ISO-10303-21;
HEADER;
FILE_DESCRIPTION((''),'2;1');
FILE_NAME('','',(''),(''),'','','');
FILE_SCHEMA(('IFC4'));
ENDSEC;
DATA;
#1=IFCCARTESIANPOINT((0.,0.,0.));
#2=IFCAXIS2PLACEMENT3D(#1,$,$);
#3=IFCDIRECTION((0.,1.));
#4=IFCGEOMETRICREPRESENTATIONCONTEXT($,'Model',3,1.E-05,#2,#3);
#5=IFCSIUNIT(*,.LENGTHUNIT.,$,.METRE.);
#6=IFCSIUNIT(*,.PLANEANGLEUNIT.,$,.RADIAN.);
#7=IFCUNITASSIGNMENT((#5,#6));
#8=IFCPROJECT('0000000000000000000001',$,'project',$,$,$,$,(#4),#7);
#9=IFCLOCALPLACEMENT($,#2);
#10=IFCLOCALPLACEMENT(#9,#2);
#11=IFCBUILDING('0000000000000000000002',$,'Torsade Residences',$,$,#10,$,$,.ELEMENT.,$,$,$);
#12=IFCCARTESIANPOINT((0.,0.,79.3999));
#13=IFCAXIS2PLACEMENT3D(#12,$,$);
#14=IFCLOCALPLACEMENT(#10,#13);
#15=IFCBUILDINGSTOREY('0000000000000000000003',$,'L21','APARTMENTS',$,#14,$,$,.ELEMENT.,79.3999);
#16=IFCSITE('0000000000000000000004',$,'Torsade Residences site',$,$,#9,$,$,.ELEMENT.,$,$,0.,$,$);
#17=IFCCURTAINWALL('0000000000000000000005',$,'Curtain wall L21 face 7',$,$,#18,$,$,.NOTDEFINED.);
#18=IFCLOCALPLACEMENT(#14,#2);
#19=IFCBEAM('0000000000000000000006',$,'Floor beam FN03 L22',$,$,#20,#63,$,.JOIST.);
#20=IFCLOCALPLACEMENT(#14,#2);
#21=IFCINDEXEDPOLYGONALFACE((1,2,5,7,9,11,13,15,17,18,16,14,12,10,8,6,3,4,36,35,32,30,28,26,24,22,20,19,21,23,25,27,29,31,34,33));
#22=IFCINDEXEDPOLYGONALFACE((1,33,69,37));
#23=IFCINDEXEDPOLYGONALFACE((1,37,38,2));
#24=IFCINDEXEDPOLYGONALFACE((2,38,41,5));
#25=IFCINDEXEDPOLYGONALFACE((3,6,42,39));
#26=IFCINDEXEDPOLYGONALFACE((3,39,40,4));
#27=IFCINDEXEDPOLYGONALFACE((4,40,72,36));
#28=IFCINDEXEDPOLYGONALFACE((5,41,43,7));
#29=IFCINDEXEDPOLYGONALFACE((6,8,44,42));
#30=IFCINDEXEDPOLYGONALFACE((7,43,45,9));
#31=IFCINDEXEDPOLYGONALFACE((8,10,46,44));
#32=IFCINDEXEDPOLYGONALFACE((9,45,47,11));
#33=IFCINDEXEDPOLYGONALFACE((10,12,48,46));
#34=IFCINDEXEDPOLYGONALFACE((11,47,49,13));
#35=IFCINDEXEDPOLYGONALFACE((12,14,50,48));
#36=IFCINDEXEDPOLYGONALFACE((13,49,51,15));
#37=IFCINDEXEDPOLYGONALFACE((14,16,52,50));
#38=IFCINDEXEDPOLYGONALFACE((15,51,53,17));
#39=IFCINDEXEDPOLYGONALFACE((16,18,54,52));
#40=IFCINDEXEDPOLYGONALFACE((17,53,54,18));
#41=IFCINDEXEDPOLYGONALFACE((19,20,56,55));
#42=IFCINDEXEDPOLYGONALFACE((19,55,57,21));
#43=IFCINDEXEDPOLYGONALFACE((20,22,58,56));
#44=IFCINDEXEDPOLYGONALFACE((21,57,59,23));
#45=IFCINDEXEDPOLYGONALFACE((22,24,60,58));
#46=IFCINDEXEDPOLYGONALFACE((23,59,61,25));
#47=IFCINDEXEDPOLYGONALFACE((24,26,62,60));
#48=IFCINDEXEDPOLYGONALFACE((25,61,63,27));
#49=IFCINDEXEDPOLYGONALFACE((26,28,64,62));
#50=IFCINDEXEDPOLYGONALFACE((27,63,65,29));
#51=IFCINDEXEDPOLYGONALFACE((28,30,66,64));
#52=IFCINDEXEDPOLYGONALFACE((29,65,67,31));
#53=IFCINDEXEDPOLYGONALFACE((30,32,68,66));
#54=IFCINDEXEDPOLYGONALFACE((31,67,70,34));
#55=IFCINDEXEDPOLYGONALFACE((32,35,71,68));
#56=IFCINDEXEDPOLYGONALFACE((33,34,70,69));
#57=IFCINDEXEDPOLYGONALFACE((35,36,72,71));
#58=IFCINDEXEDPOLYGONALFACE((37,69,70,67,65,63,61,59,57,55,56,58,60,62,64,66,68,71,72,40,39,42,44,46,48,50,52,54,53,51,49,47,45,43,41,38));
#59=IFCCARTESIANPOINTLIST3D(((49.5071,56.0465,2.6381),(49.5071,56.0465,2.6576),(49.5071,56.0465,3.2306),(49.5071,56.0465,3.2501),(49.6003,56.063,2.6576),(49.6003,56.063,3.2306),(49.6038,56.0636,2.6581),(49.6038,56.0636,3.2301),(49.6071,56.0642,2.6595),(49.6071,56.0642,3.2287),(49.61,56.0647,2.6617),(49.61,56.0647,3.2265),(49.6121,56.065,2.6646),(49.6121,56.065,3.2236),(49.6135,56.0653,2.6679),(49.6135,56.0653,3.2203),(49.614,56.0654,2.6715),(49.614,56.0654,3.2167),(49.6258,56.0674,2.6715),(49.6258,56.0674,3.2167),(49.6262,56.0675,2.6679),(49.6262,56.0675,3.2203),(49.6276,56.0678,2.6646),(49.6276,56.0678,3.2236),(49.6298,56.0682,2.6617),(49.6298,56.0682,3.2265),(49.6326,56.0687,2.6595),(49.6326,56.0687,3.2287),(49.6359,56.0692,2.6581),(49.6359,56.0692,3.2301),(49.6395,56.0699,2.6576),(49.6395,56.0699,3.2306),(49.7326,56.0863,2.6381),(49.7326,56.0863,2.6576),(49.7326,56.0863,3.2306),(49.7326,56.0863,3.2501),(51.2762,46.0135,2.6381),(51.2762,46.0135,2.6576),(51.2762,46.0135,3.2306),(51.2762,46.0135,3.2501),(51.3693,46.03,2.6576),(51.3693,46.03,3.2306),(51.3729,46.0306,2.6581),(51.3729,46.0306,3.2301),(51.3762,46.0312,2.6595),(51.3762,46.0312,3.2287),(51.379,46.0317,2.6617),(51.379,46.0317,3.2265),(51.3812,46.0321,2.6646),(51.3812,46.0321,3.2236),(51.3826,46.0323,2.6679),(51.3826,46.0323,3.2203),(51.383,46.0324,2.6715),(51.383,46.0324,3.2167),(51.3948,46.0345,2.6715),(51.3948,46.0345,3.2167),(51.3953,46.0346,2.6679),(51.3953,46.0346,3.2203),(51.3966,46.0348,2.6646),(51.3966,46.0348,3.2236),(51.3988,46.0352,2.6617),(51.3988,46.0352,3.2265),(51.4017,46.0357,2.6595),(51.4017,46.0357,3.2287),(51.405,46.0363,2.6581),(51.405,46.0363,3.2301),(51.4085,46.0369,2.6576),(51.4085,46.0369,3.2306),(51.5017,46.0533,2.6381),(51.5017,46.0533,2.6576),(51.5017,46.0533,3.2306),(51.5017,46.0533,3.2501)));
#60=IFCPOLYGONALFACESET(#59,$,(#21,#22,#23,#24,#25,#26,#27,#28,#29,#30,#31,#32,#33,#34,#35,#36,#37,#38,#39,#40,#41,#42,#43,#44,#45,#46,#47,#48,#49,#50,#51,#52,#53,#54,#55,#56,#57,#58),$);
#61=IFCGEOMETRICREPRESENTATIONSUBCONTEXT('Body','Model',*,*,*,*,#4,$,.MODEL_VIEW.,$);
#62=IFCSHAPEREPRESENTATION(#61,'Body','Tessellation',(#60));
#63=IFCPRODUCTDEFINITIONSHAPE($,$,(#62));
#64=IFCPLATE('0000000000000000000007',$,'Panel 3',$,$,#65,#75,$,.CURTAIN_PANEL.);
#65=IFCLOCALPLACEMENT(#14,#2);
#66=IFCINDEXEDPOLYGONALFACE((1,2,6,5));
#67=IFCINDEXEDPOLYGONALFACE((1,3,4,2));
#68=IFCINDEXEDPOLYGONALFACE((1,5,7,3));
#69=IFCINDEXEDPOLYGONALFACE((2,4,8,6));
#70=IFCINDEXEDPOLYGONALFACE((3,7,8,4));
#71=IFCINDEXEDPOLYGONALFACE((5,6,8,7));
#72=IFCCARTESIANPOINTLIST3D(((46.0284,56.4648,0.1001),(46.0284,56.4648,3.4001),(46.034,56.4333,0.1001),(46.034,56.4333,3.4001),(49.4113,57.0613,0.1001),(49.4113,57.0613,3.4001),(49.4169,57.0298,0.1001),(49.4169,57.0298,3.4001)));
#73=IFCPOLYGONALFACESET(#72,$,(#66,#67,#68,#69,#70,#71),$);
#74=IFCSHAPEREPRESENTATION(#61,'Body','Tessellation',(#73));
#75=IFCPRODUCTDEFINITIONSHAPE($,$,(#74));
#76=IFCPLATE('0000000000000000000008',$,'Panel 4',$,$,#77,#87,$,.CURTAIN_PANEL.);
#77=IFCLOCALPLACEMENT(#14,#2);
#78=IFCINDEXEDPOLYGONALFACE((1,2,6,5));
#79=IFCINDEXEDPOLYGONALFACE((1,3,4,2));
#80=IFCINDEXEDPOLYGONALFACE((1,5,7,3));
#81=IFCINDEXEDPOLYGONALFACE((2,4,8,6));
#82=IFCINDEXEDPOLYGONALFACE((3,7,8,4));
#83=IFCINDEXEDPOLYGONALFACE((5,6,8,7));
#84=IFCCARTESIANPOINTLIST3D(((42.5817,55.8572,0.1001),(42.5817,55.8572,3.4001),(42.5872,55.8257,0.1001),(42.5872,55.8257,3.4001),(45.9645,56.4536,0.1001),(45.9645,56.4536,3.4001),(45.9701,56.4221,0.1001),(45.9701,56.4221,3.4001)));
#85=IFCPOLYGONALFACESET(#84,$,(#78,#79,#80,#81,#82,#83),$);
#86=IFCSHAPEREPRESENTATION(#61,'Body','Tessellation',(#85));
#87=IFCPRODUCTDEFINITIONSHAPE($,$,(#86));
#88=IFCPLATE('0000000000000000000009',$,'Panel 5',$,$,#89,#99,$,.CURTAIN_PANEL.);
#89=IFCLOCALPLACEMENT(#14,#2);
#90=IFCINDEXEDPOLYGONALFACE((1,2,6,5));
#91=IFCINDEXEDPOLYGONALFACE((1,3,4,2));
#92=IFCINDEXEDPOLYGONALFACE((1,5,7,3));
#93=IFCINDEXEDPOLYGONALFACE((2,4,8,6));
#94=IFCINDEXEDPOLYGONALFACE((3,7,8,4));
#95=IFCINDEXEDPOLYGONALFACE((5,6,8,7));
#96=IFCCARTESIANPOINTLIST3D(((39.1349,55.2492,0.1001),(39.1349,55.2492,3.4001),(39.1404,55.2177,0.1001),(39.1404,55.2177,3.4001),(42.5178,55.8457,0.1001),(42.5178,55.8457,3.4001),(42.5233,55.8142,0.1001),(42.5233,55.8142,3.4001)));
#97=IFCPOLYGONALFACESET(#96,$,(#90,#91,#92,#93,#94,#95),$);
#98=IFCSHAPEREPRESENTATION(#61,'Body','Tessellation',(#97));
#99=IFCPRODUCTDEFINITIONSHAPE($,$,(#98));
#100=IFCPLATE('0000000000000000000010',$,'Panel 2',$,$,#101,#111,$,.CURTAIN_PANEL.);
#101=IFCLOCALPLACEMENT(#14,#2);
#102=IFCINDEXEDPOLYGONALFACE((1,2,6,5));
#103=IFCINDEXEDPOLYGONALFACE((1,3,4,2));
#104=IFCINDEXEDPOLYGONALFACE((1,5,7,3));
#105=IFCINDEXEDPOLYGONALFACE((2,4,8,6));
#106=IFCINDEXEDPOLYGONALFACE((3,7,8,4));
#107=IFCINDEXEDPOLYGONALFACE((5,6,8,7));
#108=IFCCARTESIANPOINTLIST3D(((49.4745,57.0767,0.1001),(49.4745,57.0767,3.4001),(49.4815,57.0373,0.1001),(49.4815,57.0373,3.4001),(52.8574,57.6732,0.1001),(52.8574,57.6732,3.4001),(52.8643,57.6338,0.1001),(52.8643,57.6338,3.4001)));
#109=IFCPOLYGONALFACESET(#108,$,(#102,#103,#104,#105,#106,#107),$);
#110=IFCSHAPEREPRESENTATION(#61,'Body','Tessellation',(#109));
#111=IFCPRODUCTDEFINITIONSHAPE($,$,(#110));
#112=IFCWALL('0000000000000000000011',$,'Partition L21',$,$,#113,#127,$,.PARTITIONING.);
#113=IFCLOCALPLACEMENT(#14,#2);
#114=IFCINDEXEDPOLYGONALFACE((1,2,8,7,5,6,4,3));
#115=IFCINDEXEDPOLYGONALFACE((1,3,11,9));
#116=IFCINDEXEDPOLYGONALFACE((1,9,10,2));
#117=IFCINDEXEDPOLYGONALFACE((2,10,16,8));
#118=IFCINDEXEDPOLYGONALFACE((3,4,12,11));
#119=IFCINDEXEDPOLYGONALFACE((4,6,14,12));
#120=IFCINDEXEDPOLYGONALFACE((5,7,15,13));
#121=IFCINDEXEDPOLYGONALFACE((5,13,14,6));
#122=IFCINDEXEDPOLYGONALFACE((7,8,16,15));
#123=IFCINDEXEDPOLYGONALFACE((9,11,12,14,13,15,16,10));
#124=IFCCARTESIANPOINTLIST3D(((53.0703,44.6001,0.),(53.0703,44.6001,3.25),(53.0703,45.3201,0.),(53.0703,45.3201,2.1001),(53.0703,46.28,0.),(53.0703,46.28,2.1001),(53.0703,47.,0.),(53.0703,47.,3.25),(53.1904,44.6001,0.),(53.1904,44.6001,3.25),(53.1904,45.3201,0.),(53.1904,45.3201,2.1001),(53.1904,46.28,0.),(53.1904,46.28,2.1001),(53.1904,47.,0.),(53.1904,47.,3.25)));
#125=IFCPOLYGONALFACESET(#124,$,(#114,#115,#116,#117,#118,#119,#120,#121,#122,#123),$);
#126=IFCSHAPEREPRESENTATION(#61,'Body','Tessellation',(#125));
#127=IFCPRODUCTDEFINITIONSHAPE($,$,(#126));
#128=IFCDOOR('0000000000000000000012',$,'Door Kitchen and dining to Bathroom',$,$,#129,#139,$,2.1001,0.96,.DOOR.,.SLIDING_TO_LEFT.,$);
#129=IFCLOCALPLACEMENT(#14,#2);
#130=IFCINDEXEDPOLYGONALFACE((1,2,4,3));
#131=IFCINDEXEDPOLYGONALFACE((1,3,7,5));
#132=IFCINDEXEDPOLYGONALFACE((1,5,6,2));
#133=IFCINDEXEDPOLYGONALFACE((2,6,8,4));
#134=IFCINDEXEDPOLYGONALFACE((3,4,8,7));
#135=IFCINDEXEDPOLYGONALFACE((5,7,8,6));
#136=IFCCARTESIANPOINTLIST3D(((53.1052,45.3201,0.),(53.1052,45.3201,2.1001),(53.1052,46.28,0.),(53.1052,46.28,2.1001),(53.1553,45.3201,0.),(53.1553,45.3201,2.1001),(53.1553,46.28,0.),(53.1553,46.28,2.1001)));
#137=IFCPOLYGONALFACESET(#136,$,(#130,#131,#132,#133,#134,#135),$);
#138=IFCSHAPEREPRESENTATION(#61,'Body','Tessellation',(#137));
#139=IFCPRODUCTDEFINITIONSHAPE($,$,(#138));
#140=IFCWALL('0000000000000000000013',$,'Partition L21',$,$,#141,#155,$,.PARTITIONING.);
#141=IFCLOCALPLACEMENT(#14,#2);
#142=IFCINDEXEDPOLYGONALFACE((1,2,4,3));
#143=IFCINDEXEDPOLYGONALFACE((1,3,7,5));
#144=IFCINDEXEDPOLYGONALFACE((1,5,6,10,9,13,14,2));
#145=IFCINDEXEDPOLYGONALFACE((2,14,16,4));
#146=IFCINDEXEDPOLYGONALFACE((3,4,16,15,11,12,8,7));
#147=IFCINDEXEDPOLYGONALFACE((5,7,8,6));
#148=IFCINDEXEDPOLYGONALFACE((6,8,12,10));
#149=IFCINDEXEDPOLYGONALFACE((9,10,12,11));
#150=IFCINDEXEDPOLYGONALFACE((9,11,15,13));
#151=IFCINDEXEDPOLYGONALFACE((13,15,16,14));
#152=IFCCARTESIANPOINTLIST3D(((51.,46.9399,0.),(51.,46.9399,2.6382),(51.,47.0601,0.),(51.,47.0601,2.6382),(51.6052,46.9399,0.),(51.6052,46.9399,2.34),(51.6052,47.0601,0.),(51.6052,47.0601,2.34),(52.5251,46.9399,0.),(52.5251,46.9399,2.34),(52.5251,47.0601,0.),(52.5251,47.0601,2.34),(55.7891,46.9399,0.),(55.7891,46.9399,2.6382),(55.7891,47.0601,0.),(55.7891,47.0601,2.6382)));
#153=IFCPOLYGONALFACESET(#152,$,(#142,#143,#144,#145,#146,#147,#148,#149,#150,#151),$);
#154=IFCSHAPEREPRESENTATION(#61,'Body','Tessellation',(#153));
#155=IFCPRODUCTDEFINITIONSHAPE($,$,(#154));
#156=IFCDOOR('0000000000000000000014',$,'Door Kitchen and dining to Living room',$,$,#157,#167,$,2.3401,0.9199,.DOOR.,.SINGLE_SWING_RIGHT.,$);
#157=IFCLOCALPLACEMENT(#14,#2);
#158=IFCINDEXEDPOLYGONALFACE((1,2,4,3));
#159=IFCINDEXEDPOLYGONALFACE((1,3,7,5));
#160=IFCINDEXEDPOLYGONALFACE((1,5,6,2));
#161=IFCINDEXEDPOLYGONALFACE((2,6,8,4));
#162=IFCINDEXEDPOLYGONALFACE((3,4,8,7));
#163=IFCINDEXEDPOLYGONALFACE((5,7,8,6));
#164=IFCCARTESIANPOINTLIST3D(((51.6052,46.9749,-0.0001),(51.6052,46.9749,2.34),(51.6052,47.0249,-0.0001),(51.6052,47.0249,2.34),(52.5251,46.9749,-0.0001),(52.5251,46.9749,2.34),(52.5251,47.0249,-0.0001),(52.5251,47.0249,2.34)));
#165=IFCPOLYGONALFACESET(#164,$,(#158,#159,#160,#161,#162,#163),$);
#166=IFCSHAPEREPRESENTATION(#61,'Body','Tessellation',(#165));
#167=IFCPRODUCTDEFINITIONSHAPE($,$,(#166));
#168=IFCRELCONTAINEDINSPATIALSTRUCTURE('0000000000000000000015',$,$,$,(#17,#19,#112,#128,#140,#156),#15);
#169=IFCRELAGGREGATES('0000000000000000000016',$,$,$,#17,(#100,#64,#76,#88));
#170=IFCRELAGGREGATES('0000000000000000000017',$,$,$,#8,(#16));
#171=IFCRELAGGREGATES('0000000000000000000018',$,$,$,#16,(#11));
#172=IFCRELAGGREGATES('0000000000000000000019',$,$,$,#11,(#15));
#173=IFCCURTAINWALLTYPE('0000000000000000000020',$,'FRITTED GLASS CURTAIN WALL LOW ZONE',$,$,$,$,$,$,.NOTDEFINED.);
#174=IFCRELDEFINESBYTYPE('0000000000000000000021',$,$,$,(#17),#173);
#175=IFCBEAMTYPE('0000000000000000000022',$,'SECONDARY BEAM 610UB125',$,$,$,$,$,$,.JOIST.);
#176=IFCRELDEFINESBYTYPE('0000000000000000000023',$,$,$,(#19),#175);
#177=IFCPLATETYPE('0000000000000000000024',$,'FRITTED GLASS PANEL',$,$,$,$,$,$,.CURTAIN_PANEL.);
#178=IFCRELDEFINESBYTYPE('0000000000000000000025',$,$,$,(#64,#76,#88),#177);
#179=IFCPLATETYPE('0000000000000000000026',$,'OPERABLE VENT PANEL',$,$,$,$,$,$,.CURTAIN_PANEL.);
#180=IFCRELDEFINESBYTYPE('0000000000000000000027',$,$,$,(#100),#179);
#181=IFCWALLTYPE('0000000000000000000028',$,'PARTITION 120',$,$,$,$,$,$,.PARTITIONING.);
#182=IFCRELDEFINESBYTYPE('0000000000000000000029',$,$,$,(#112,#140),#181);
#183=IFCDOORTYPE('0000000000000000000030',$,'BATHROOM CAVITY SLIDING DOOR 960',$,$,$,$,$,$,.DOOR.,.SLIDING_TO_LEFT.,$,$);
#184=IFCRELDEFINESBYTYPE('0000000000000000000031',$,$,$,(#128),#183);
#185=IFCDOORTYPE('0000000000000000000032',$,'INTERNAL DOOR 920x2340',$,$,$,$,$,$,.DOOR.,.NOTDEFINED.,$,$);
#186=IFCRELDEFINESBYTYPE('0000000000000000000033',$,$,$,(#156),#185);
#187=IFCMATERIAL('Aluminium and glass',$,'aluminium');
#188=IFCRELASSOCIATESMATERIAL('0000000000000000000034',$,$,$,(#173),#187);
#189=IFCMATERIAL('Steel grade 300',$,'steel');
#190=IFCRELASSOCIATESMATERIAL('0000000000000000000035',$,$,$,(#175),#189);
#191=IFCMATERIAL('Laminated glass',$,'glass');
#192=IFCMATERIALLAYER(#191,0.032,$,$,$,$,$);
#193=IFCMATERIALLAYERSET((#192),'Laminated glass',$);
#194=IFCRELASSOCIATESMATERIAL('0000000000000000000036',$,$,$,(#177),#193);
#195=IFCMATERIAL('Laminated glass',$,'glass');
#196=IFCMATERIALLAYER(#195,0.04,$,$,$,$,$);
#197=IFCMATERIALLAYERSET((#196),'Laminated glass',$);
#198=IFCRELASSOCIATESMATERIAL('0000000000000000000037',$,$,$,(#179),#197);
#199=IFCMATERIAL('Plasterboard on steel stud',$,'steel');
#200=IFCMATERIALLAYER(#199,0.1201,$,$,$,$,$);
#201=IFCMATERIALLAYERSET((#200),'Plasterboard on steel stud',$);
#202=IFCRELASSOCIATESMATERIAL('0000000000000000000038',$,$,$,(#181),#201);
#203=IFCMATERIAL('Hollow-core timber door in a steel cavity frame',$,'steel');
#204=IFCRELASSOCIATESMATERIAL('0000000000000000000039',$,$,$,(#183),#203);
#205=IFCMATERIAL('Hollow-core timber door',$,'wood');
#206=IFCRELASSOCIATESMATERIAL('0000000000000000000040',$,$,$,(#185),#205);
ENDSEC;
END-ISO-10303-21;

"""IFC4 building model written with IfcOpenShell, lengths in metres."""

from ifc_helpers import new_model, si_unit, direction, frame, frame_2d, origin, origin_2d, place, context, subcontext, project, spatial, rectangle, i_section, extrude, material, layer, layer_set, material_profile, profile_set, type_object, element, fill, aggregate, save


model = new_model("IFC4")

# Units and contexts
model_context = context("Model", 3, precision=1e-05, world=origin(), true_north=direction((0.0, 1.0)))
body_context = subcontext(model_context, "Body", "Model", "MODEL_VIEW")
ifc_project = project(units=[si_unit("LENGTHUNIT", "METRE"), si_unit("PLANEANGLEUNIT", "RADIAN")], contexts=[model_context])

# Site, building, storey
site_placement = place(None, origin())
site = spatial("IfcSite", under=ifc_project, at=site_placement, Name="Torsade Residences site", CompositionType="ELEMENT", RefElevation=0.0)
building_placement = place(site_placement, origin())
building = spatial("IfcBuilding", under=site, at=building_placement, Name="Torsade Residences", CompositionType="ELEMENT")
storey_placement = place(building_placement, frame((0.0, 0.0, 79.3999)))
storey = spatial("IfcBuildingStorey", under=building, at=storey_placement, Name="L21", Description="APARTMENTS", CompositionType="ELEMENT", Elevation=79.3999)

# Curtain wall
ifc_material_1 = material(Name="Aluminium and glass", Category="aluminium")
curtain_wall_type = type_object("IfcCurtainWallType", Name="FRITTED GLASS CURTAIN WALL LOW ZONE", PredefinedType="NOTDEFINED", material=ifc_material_1)
curtain_wall_placement = place(storey_placement, origin())
curtain_wall = element("IfcCurtainWall", 1, at=curtain_wall_placement, inside=storey, type_object=curtain_wall_type, Name="Curtain wall L21 face 7", PredefinedType="NOTDEFINED")

# Beam
ifc_material_2 = material(Name="Steel grade 300", Category="steel")
ifc_material_profile_1 = material_profile(ifc_material_2, i_section(OverallWidth=0.229, OverallDepth=0.6121, WebThickness=0.012, FlangeThickness=0.0195, FilletRadius=0.0139, at=origin_2d()), Name="610UB125")
ifc_profile_set_1 = profile_set([ifc_material_profile_1], Name="Steel grade 300")
beam_type_1 = type_object("IfcBeamType", Name="SECONDARY BEAM 610UB125", PredefinedType="JOIST", material=ifc_profile_set_1)
beam_1_placement = place(storey_placement, frame((49.6199, 56.0664, 2.9441), z_axis=(0.173645, -0.984808, 0.0), x_axis=(0.984808, 0.173645, 0.0)))
element("IfcBeam", 2, at=beam_1_placement, inside=storey, type_object=beam_type_1, Name="Floor beam FN03 L22", PredefinedType="JOIST", context=body_context, shape_type="SweptSolid", body=[
    extrude(i_section(OverallWidth=0.229, OverallDepth=0.6121, WebThickness=0.012, FlangeThickness=0.0195, FilletRadius=0.0139, at=origin_2d()), origin(), (0.0, 0.0, 1.0), 10.1877),
])

# Plates
ifc_material_3 = material(Name="Laminated glass", Category="glass")
ifc_layer_1 = layer(ifc_material_3, 0.032)
ifc_layer_set_1 = layer_set([ifc_layer_1], Name="Laminated glass")
plate_type_1 = type_object("IfcPlateType", Name="FRITTED GLASS PANEL", PredefinedType="CURTAIN_PANEL", material=ifc_layer_set_1)
plate_1_placement = place(storey_placement, frame((47.7227, 56.7473, 0.1001), z_axis=(0.0, 0.0, 1.0), x_axis=(-0.984808, -0.173648, 0.0)))
plate_1 = element("IfcPlate", 3, at=plate_1_placement, type_object=plate_type_1, Name="Panel 3", PredefinedType="CURTAIN_PANEL", context=body_context, shape_type="SweptSolid", body=[
    extrude(rectangle(XDim=3.4351, YDim=0.032, at=origin_2d()), origin(), (0.0, 0.0, 1.0), 3.3),
])
plate_2_placement = place(storey_placement, frame((44.2759, 56.1396, 0.1001), z_axis=(0.0, 0.0, 1.0), x_axis=(-0.984808, -0.173648, 0.0)))
plate_2 = element("IfcPlate", 4, at=plate_2_placement, type_object=plate_type_1, Name="Panel 4", PredefinedType="CURTAIN_PANEL", context=body_context, shape_type="SweptSolid", body=[
    extrude(rectangle(XDim=3.4351, YDim=0.032, at=origin_2d()), origin(), (0.0, 0.0, 1.0), 3.3),
])
plate_3_placement = place(storey_placement, frame((40.8291, 55.5317, 0.1001), z_axis=(0.0, 0.0, 1.0), x_axis=(-0.984808, -0.173648, 0.0)))
plate_3 = element("IfcPlate", 5, at=plate_3_placement, type_object=plate_type_1, Name="Panel 5", PredefinedType="CURTAIN_PANEL", context=body_context, shape_type="SweptSolid", body=[
    extrude(rectangle(XDim=3.4351, YDim=0.032, at=origin_2d()), origin(), (0.0, 0.0, 1.0), 3.3),
])
ifc_material_4 = material(Name="Laminated glass", Category="glass")
ifc_layer_2 = layer(ifc_material_4, 0.04)
ifc_layer_set_2 = layer_set([ifc_layer_2], Name="Laminated glass")
plate_type_2 = type_object("IfcPlateType", Name="OPERABLE VENT PANEL", PredefinedType="CURTAIN_PANEL", material=ifc_layer_set_2)
plate_4_placement = place(storey_placement, frame((51.1694, 57.3552, 0.1001), z_axis=(0.0, 0.0, 1.0), x_axis=(-0.984808, -0.173648, 0.0)))
plate_4 = element("IfcPlate", 6, at=plate_4_placement, type_object=plate_type_2, Name="Panel 2", PredefinedType="CURTAIN_PANEL", context=body_context, shape_type="SweptSolid", body=[
    extrude(rectangle(XDim=3.4351, YDim=0.04, at=origin_2d()), origin(), (0.0, 0.0, 1.0), 3.3),
])
aggregate(curtain_wall, [plate_4, plate_1, plate_2, plate_3])

# Walls, openings, doors
ifc_material_5 = material(Name="Plasterboard on steel stud", Category="steel")
ifc_layer_3 = layer(ifc_material_5, 0.1201)
ifc_layer_set_3 = layer_set([ifc_layer_3], Name="Plasterboard on steel stud")
wall_type_1 = type_object("IfcWallType", Name="PARTITION 120", PredefinedType="PARTITIONING", material=ifc_layer_set_3)
wall_1_placement = place(storey_placement, frame((53.1304, 47.0, 0.0), z_axis=(0.0, 0.0, 1.0), x_axis=(0.0, -1.0, 0.0)))
wall_1 = element("IfcWall", 7, at=wall_1_placement, inside=storey, type_object=wall_type_1, Name="Partition L21", PredefinedType="PARTITIONING", context=body_context, shape_type="SweptSolid", body=[
    extrude(rectangle(XDim=2.3999, YDim=0.1201, at=frame_2d((1.2, 0.0))), origin(), (0.0, 0.0, 1.0), 3.25),
])
opening_1_placement = place(wall_1_placement, frame((0.72, 0.0, 0.0)))
opening_1 = element("IfcOpeningElement", 8, at=opening_1_placement, cuts=wall_1, PredefinedType="OPENING", context=body_context, shape_type="SweptSolid", body=[
    extrude(rectangle(XDim=0.96, YDim=2.1001, at=frame_2d((0.48, 1.05))), frame((0.0, 0.0701, 0.0), z_axis=(0.0, -1.0, 0.0), x_axis=(1.0, 0.0, 0.0)), (0.0, 0.0, 1.0), 0.1401),
])
ifc_material_6 = material(Name="Hollow-core timber door in a steel cavity frame", Category="steel")
door_type_1 = type_object("IfcDoorType", Name="BATHROOM CAVITY SLIDING DOOR 960", OperationType="SLIDING_TO_LEFT", PredefinedType="DOOR", material=ifc_material_6)
door_1_placement = place(opening_1_placement, origin())
door_1 = element("IfcDoor", 9, at=door_1_placement, inside=storey, type_object=door_type_1, Name="Door Kitchen and dining to Bathroom", OperationType="SLIDING_TO_LEFT", OverallHeight=2.1001, OverallWidth=0.96, PredefinedType="DOOR", context=body_context, shape_type="SweptSolid", body=[
    extrude(rectangle(XDim=0.96, YDim=2.1001, at=frame_2d((0.48, 1.05))), frame((0.0, 0.0249, 0.0), z_axis=(0.0, -1.0, 0.0), x_axis=(1.0, 0.0, 0.0)), (0.0, 0.0, 1.0), 0.05),
])
fill(opening_1, door_1)
wall_2_placement = place(storey_placement, frame((51.0, 47.0, 0.0), z_axis=(0.0, 0.0, 1.0), x_axis=(1.0, 0.0, 0.0)))
wall_2 = element("IfcWall", 10, at=wall_2_placement, inside=storey, type_object=wall_type_1, Name="Partition L21", PredefinedType="PARTITIONING", context=body_context, shape_type="SweptSolid", body=[
    extrude(rectangle(XDim=4.7891, YDim=0.1201, at=frame_2d((2.3945, 0.0))), origin(), (0.0, 0.0, 1.0), 2.6382),
])
opening_2_placement = place(wall_2_placement, frame((0.6052, 0.0, 0.0)))
opening_2 = element("IfcOpeningElement", 11, at=opening_2_placement, cuts=wall_2, PredefinedType="OPENING", context=body_context, shape_type="SweptSolid", body=[
    extrude(rectangle(XDim=0.9199, YDim=2.3401, at=frame_2d((0.46, 1.1699))), frame((0.0, 0.0701, 0.0), z_axis=(0.0, -1.0, 0.0), x_axis=(1.0, 0.0, 0.0)), (0.0, 0.0, 1.0), 0.1401),
])
ifc_material_7 = material(Name="Hollow-core timber door", Category="wood")
door_type_2 = type_object("IfcDoorType", Name="INTERNAL DOOR 920x2340", OperationType="NOTDEFINED", PredefinedType="DOOR", material=ifc_material_7)
door_2_placement = place(opening_2_placement, origin())
door_2 = element("IfcDoor", 12, at=door_2_placement, inside=storey, type_object=door_type_2, Name="Door Kitchen and dining to Living room", OperationType="SINGLE_SWING_RIGHT", OverallHeight=2.3401, OverallWidth=0.9199, PredefinedType="DOOR", context=body_context, shape_type="SweptSolid", body=[
    extrude(rectangle(XDim=0.9199, YDim=2.3401, at=frame_2d((0.46, 1.1699))), frame((0.0, 0.0249, 0.0), z_axis=(0.0, -1.0, 0.0), x_axis=(1.0, 0.0, 0.0)), (0.0, 0.0, 1.0), 0.05),
])
fill(opening_2, door_2)

save(model, "model.ifc")
